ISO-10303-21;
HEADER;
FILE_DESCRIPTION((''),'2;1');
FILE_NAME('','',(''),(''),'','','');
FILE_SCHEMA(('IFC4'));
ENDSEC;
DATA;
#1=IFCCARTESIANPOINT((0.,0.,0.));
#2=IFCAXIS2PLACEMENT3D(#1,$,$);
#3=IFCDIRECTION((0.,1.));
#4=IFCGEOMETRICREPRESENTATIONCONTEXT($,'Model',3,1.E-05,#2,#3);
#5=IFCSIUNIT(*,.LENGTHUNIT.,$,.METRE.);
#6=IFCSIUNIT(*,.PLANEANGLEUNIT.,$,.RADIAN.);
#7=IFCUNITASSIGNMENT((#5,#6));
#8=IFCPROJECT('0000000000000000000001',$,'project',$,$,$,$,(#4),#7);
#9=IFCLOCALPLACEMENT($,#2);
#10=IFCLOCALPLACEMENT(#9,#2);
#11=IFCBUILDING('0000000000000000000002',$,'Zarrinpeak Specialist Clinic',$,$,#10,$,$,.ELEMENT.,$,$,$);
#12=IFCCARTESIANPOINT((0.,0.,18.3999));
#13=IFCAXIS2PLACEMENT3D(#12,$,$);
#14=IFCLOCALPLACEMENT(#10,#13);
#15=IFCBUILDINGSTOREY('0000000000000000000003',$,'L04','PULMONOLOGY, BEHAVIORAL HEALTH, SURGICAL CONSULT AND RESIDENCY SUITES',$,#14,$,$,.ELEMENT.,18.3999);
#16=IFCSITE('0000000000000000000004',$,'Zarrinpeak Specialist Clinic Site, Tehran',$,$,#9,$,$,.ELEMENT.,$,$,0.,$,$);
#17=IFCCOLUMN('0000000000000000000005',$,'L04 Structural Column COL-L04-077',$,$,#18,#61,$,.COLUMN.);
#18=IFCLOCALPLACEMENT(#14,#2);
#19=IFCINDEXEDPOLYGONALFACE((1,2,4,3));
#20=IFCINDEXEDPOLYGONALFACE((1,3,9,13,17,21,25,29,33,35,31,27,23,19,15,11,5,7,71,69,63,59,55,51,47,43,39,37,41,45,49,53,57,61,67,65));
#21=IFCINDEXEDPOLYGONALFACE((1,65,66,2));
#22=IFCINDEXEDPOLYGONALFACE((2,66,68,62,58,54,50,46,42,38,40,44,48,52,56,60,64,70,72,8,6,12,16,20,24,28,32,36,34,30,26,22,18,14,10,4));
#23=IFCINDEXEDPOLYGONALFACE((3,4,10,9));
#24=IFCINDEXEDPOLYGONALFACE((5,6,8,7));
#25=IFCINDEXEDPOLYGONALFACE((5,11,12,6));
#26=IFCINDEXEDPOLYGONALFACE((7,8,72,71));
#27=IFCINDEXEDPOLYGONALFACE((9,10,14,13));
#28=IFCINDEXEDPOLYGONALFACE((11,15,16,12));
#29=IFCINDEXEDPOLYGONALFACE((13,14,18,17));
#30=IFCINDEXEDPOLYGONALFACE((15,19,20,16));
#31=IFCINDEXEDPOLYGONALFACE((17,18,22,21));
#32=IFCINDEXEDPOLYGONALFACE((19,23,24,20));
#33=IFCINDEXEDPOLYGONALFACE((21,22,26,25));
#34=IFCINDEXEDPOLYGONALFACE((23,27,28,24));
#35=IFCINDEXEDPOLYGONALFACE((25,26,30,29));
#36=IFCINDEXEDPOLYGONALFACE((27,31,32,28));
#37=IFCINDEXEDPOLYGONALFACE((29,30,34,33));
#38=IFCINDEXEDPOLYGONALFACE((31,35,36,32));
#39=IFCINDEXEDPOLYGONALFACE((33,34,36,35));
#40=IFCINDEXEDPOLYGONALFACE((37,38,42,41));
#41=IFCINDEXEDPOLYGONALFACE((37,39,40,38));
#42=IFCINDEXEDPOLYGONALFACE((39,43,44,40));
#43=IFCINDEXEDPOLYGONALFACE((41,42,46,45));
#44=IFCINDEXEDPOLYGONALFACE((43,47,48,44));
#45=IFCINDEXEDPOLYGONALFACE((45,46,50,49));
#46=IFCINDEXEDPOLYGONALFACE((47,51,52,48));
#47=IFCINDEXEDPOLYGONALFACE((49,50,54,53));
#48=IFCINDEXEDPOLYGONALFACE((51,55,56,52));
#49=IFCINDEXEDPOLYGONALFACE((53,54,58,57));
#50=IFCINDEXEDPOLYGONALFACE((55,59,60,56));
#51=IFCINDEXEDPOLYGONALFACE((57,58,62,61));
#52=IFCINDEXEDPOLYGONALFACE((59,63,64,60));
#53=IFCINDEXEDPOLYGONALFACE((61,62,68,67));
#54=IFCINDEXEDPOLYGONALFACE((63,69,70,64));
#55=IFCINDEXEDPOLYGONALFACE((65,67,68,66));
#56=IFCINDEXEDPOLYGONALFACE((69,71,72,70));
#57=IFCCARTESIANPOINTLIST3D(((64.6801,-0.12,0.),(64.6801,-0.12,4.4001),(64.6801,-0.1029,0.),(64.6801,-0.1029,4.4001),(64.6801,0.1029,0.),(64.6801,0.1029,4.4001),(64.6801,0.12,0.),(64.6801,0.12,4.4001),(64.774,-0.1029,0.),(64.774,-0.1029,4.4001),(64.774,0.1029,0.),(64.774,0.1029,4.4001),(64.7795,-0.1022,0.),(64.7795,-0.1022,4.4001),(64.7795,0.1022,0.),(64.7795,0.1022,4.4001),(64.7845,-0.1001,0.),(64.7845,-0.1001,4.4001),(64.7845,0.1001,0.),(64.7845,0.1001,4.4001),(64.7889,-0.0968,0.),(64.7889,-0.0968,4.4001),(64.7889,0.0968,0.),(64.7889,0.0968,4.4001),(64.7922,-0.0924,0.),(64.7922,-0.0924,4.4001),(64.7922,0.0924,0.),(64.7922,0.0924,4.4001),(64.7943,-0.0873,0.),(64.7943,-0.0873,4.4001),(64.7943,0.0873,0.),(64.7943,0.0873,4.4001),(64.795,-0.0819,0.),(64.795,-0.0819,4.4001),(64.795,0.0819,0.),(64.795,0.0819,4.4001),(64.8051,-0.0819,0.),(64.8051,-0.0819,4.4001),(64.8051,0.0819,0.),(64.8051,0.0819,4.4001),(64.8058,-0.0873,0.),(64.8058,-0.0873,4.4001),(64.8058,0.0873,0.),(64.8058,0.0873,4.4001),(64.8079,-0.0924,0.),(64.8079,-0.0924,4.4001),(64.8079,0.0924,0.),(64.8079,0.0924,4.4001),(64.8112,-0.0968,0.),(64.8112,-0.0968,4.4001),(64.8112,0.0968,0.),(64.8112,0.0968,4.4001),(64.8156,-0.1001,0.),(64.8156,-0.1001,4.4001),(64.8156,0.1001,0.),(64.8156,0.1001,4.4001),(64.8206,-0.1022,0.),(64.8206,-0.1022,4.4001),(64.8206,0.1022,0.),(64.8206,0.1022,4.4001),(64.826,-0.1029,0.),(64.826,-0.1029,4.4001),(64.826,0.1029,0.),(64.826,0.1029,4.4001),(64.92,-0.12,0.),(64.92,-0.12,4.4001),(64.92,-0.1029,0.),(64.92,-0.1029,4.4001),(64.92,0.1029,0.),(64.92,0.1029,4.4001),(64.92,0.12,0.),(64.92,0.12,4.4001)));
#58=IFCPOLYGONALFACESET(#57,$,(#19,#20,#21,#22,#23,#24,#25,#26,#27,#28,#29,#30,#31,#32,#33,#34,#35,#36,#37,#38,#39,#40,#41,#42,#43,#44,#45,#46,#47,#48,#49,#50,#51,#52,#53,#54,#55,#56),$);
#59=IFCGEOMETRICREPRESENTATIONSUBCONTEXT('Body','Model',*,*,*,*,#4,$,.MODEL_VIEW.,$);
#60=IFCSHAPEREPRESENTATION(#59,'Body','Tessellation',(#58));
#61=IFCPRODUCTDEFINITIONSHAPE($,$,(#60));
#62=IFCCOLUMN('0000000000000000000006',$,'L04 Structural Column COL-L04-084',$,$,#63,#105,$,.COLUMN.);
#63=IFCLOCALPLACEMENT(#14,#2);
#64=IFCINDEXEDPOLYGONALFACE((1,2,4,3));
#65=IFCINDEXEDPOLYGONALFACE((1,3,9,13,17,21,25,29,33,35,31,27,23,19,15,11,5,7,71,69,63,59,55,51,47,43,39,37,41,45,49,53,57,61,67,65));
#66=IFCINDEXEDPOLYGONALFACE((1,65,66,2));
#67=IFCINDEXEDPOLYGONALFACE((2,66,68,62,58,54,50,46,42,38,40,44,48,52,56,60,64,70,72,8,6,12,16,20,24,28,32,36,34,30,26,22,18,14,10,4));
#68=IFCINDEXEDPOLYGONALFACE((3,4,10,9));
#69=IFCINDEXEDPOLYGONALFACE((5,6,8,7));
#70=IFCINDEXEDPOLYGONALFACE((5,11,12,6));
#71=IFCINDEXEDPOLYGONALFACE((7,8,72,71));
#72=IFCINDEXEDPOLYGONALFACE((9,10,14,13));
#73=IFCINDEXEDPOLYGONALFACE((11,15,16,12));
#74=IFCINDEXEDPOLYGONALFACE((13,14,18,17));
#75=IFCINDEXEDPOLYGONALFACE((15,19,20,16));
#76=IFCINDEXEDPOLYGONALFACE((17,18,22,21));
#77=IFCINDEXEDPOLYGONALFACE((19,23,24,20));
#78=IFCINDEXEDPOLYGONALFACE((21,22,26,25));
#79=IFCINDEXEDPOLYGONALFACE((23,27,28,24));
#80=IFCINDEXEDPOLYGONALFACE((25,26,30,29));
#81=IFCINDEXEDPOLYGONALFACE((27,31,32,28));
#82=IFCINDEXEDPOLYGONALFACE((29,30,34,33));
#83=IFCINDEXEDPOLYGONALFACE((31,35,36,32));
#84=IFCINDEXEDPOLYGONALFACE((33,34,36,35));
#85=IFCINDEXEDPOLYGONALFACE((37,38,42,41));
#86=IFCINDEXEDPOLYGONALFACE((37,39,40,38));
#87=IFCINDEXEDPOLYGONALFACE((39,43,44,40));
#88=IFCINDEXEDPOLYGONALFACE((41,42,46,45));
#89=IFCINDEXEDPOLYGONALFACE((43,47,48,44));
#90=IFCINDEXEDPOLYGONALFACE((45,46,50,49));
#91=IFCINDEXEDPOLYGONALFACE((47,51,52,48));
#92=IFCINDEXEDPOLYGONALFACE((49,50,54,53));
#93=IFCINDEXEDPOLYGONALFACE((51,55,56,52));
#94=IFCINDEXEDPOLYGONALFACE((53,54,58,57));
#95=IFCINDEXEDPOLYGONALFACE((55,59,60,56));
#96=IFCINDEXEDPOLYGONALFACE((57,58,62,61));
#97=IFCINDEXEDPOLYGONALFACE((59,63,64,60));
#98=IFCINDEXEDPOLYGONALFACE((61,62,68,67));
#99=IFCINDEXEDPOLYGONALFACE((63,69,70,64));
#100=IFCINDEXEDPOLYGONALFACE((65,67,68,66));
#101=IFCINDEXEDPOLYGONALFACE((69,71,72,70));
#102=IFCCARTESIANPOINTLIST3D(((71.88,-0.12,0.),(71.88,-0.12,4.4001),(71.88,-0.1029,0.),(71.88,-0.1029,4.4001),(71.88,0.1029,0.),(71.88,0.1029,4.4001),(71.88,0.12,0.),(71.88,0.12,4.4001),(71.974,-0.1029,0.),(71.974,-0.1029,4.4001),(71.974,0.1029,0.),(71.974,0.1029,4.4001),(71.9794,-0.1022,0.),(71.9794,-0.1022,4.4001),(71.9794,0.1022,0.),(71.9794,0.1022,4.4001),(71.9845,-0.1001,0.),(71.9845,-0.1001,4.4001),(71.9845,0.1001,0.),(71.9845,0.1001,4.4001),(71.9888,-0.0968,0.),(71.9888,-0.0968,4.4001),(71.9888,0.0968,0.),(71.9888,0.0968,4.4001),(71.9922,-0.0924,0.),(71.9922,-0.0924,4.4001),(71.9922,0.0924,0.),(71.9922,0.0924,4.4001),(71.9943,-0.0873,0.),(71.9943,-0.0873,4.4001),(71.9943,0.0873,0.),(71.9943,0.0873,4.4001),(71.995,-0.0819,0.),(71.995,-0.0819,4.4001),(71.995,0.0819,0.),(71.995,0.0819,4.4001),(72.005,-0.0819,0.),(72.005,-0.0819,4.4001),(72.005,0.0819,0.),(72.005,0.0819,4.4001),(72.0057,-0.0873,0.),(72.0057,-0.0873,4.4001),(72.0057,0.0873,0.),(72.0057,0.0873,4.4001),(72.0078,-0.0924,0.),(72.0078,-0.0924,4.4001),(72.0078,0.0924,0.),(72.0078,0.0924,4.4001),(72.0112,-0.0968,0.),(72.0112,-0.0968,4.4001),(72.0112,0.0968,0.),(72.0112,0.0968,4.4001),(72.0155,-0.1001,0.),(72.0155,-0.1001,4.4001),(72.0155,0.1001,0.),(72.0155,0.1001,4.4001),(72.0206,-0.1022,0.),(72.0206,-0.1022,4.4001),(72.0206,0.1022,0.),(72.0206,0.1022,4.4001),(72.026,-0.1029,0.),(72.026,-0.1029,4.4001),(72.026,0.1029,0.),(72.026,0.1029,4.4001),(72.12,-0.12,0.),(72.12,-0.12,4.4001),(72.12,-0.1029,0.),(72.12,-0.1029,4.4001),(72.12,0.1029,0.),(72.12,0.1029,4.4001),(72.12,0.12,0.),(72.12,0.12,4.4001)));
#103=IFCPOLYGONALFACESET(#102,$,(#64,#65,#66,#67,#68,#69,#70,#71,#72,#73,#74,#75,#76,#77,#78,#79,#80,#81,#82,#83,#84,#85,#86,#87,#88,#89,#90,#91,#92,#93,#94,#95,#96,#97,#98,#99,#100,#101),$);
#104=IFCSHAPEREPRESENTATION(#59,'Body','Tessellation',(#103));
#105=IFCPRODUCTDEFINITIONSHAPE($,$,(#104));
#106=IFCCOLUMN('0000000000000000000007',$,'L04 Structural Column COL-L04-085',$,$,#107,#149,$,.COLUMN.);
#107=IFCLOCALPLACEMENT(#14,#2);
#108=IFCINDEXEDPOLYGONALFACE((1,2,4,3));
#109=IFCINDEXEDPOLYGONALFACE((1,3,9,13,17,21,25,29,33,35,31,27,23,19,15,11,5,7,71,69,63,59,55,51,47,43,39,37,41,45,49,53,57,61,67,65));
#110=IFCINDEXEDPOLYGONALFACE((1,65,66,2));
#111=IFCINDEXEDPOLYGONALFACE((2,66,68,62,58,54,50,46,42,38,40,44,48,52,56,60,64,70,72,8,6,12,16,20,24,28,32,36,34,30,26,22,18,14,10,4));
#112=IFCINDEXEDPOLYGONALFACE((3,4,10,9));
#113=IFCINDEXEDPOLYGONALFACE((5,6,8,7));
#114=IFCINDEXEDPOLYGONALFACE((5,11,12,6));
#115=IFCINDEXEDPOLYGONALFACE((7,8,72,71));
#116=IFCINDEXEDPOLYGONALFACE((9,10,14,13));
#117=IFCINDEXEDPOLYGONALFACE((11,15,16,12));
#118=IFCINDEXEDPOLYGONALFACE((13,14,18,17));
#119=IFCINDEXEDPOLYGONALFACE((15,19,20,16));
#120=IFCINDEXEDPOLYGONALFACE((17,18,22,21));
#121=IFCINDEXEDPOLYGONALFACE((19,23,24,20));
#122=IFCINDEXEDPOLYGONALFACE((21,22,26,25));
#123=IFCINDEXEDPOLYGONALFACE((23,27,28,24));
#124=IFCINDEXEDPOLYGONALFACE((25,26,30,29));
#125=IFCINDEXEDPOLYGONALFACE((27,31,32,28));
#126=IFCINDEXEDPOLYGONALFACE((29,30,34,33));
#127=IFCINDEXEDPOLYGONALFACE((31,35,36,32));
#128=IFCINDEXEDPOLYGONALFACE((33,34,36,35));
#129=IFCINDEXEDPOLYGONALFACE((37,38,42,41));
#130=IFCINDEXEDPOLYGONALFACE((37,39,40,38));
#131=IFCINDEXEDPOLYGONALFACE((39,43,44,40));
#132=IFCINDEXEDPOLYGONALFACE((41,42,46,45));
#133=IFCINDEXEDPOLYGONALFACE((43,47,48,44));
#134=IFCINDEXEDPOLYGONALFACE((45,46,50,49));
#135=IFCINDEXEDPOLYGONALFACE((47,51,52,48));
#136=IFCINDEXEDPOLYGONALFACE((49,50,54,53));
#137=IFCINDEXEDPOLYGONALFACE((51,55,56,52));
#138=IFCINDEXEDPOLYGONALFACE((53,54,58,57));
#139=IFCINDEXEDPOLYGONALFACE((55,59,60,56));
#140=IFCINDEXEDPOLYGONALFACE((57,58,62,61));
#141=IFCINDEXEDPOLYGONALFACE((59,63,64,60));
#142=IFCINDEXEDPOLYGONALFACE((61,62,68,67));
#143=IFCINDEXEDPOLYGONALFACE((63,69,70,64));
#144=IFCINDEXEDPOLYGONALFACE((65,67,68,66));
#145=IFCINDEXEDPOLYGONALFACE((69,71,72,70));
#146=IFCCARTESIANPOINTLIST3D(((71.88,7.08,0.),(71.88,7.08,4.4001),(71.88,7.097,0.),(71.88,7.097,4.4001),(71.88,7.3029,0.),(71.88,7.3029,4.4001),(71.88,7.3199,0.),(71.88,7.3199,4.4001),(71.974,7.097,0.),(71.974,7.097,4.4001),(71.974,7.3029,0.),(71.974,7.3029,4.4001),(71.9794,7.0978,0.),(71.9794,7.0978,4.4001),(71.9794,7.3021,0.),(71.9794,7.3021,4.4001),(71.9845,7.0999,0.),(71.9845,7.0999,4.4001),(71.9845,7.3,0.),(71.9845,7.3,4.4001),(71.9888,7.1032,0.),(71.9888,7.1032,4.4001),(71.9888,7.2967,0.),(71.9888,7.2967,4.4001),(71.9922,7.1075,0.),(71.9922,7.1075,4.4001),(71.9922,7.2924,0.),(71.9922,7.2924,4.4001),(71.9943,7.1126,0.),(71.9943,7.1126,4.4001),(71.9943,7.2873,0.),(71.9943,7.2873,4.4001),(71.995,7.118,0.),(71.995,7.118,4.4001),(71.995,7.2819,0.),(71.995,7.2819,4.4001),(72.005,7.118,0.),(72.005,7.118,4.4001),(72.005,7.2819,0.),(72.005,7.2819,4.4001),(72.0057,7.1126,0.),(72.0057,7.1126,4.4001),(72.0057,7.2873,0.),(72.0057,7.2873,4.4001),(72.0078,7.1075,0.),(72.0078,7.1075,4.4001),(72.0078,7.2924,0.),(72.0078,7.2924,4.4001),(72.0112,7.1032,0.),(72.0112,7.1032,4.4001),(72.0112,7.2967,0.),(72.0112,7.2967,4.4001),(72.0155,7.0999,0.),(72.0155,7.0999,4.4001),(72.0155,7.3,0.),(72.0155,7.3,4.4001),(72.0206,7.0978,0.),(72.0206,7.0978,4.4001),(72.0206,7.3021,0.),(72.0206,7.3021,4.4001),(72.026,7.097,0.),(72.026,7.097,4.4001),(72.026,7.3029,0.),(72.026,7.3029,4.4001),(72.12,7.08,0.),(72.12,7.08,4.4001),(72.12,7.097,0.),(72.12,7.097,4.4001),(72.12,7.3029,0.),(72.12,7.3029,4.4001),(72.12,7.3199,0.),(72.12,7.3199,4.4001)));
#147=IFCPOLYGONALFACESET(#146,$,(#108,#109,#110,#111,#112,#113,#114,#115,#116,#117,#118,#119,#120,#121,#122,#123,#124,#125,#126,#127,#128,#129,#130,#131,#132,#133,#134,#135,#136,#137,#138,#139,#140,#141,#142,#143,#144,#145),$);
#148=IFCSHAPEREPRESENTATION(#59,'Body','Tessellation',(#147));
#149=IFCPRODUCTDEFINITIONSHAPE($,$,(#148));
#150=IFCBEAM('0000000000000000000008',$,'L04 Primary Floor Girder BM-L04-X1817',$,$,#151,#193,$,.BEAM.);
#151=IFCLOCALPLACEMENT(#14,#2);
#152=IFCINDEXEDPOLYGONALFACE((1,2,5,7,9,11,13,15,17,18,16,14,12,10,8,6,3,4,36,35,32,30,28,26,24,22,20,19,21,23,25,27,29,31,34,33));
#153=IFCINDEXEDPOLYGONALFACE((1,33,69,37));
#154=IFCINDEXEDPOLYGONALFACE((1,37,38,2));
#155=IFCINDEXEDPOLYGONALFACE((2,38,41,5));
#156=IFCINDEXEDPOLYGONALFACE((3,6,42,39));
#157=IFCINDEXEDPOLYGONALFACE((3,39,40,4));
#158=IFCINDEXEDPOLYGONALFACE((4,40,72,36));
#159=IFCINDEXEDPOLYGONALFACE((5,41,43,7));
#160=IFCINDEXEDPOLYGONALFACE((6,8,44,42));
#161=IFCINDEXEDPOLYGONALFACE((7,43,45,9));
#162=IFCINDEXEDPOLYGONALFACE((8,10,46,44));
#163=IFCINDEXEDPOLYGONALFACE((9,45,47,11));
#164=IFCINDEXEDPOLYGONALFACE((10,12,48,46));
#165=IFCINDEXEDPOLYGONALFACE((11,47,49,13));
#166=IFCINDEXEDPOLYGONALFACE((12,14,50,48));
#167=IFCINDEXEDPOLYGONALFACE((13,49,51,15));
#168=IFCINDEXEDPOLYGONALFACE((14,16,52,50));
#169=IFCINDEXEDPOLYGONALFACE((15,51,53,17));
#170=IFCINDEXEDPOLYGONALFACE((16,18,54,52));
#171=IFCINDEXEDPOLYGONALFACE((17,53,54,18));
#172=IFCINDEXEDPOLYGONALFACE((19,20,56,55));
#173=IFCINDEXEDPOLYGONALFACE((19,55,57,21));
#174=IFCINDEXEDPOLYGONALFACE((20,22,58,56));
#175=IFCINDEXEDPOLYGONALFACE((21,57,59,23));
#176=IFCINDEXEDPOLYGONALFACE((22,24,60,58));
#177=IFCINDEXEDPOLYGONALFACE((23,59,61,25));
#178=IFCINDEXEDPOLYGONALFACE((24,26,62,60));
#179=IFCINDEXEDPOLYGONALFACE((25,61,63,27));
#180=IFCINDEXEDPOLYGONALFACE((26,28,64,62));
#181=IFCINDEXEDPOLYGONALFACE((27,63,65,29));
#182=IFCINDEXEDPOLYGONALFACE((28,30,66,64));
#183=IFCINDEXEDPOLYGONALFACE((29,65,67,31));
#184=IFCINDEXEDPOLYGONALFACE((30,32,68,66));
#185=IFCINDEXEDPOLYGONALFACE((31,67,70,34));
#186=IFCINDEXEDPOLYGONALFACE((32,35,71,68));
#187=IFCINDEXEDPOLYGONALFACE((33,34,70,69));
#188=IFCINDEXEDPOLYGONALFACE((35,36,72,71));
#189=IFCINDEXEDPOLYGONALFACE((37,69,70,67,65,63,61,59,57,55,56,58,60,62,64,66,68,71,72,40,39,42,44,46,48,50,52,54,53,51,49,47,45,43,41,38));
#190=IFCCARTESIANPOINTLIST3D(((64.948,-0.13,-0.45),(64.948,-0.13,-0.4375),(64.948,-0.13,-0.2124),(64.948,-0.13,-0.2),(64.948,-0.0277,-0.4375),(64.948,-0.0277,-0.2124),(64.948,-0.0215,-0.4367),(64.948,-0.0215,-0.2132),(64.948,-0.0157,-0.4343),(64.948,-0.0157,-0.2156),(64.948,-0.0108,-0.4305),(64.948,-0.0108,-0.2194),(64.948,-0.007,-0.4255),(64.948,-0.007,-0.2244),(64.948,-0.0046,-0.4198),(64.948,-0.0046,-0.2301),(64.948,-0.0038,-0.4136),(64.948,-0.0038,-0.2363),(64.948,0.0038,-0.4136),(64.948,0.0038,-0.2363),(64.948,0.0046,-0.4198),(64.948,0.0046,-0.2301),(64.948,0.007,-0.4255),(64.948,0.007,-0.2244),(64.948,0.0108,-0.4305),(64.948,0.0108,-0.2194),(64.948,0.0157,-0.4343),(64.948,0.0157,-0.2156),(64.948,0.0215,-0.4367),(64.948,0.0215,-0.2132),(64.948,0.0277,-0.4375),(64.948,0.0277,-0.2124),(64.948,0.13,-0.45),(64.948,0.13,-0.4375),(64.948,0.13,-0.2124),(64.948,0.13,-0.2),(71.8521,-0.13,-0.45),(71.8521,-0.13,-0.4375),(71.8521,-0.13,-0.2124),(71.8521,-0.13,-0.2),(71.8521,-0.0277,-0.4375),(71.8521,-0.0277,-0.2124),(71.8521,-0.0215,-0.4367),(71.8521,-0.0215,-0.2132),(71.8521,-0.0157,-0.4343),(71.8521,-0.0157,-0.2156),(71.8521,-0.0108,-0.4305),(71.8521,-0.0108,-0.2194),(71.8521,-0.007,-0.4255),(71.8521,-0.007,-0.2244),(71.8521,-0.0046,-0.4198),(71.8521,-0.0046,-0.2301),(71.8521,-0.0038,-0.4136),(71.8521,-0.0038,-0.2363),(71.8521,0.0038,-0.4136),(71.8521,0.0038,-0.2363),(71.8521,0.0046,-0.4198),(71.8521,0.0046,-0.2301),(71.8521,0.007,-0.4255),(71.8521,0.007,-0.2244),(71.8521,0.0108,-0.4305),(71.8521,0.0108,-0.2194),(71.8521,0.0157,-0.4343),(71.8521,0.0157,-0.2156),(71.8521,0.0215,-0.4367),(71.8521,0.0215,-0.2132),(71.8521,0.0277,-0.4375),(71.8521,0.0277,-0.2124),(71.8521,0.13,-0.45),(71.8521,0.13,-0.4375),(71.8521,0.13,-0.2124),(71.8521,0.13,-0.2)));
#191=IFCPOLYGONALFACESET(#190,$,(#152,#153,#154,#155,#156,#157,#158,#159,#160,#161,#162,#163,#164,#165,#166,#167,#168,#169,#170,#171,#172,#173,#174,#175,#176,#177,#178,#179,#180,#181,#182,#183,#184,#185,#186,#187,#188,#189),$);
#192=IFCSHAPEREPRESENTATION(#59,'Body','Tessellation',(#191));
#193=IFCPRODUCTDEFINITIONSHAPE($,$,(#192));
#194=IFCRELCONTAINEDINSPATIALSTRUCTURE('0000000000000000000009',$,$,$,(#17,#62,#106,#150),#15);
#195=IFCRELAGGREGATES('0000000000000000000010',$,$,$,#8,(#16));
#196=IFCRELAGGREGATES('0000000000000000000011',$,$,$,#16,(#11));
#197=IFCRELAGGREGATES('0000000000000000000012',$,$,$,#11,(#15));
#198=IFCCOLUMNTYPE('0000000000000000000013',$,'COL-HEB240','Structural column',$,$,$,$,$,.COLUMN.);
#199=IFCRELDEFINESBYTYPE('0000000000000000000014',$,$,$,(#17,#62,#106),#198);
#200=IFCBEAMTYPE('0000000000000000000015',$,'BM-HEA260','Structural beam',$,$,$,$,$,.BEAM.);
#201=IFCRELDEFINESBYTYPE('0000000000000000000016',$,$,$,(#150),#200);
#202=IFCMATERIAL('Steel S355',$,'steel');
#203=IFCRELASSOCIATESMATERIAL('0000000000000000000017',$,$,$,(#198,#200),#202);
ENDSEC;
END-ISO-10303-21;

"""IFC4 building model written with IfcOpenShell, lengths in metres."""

from ifc_helpers import new_model, si_unit, direction, frame, origin, origin_2d, place, context, subcontext, project, spatial, i_section, extrude, material, material_profile, profile_set, type_object, element, save


model = new_model("IFC4")

# Units and contexts
model_context = context("Model", 3, precision=1e-05, world=origin(), true_north=direction((0.0, 1.0)))
body_context = subcontext(model_context, "Body", "Model", "MODEL_VIEW")
ifc_project = project(units=[si_unit("LENGTHUNIT", "METRE"), si_unit("PLANEANGLEUNIT", "RADIAN")], contexts=[model_context])

# Site, building, storey
site_placement = place(None, origin())
site = spatial("IfcSite", under=ifc_project, at=site_placement, Name="Zarrinpeak Specialist Clinic Site, Tehran", CompositionType="ELEMENT", RefElevation=0.0)
building_placement = place(site_placement, origin())
building = spatial("IfcBuilding", under=site, at=building_placement, Name="Zarrinpeak Specialist Clinic", CompositionType="ELEMENT")
storey_placement = place(building_placement, frame((0.0, 0.0, 18.3999)))
storey = spatial("IfcBuildingStorey", under=building, at=storey_placement, Name="L04", Description="PULMONOLOGY, BEHAVIORAL HEALTH, SURGICAL CONSULT AND RESIDENCY SUITES", CompositionType="ELEMENT", Elevation=18.3999)

# Columns
ifc_material_1 = material(Name="Steel S355", Category="steel")
ifc_material_profile_1 = material_profile(ifc_material_1, i_section(OverallWidth=0.24, OverallDepth=0.24, WebThickness=0.01, FlangeThickness=0.0171, FilletRadius=0.021, at=origin_2d()), Name="HEB 240")
ifc_profile_set_1 = profile_set([ifc_material_profile_1], Name="Steel S355")
column_type = type_object("IfcColumnType", Name="COL-HEB240", Description="Structural column", PredefinedType="COLUMN", material=ifc_profile_set_1)
for number, where, z_axis, x_axis, name in (
    (1, (64.8, 0.0, 0.0), (0.0, 0.0, 1.0), (1.0, 0.0, 0.0), "L04 Structural Column COL-L04-077"),
    (2, (72.0, 0.0, 0.0), (0.0, 0.0, 1.0), (1.0, 0.0, 0.0), "L04 Structural Column COL-L04-084"),
    (3, (72.0, 7.2, 0.0), (0.0, 0.0, 1.0), (1.0, 0.0, 0.0), "L04 Structural Column COL-L04-085"),
):
    element("IfcColumn", number, at=place(storey_placement, frame(where, z_axis=z_axis, x_axis=x_axis)), inside=storey, type_object=column_type, Name=name, PredefinedType="COLUMN", context=body_context, shape_type="SweptSolid", body=[
        extrude(i_section(OverallWidth=0.24, OverallDepth=0.24, WebThickness=0.01, FlangeThickness=0.0171, FilletRadius=0.021, at=origin_2d()), origin(), (0.0, 0.0, 1.0), 4.4001),
    ])

# Beam
ifc_material_profile_2 = material_profile(ifc_material_1, i_section(OverallWidth=0.26, OverallDepth=0.25, WebThickness=0.0076, FlangeThickness=0.0125, FilletRadius=0.0239, at=origin_2d()), Name="HEA 260")
ifc_profile_set_2 = profile_set([ifc_material_profile_2], Name="Steel S355")
beam_type_1 = type_object("IfcBeamType", Name="BM-HEA260", Description="Structural beam", PredefinedType="BEAM", material=ifc_profile_set_2)
beam_1_placement = place(storey_placement, frame((64.948, 0.0, -0.325), z_axis=(1.0, 0.0, 0.0), x_axis=(0.0, 1.0, 0.0)))
element("IfcBeam", 4, at=beam_1_placement, inside=storey, type_object=beam_type_1, Name="L04 Primary Floor Girder BM-L04-X1817", PredefinedType="BEAM", context=body_context, shape_type="SweptSolid", body=[
    extrude(i_section(OverallWidth=0.26, OverallDepth=0.25, WebThickness=0.0076, FlangeThickness=0.0125, FilletRadius=0.0239, at=origin_2d()), origin(), (0.0, 0.0, 1.0), 6.9041),
])

save(model, "model.ifc")
